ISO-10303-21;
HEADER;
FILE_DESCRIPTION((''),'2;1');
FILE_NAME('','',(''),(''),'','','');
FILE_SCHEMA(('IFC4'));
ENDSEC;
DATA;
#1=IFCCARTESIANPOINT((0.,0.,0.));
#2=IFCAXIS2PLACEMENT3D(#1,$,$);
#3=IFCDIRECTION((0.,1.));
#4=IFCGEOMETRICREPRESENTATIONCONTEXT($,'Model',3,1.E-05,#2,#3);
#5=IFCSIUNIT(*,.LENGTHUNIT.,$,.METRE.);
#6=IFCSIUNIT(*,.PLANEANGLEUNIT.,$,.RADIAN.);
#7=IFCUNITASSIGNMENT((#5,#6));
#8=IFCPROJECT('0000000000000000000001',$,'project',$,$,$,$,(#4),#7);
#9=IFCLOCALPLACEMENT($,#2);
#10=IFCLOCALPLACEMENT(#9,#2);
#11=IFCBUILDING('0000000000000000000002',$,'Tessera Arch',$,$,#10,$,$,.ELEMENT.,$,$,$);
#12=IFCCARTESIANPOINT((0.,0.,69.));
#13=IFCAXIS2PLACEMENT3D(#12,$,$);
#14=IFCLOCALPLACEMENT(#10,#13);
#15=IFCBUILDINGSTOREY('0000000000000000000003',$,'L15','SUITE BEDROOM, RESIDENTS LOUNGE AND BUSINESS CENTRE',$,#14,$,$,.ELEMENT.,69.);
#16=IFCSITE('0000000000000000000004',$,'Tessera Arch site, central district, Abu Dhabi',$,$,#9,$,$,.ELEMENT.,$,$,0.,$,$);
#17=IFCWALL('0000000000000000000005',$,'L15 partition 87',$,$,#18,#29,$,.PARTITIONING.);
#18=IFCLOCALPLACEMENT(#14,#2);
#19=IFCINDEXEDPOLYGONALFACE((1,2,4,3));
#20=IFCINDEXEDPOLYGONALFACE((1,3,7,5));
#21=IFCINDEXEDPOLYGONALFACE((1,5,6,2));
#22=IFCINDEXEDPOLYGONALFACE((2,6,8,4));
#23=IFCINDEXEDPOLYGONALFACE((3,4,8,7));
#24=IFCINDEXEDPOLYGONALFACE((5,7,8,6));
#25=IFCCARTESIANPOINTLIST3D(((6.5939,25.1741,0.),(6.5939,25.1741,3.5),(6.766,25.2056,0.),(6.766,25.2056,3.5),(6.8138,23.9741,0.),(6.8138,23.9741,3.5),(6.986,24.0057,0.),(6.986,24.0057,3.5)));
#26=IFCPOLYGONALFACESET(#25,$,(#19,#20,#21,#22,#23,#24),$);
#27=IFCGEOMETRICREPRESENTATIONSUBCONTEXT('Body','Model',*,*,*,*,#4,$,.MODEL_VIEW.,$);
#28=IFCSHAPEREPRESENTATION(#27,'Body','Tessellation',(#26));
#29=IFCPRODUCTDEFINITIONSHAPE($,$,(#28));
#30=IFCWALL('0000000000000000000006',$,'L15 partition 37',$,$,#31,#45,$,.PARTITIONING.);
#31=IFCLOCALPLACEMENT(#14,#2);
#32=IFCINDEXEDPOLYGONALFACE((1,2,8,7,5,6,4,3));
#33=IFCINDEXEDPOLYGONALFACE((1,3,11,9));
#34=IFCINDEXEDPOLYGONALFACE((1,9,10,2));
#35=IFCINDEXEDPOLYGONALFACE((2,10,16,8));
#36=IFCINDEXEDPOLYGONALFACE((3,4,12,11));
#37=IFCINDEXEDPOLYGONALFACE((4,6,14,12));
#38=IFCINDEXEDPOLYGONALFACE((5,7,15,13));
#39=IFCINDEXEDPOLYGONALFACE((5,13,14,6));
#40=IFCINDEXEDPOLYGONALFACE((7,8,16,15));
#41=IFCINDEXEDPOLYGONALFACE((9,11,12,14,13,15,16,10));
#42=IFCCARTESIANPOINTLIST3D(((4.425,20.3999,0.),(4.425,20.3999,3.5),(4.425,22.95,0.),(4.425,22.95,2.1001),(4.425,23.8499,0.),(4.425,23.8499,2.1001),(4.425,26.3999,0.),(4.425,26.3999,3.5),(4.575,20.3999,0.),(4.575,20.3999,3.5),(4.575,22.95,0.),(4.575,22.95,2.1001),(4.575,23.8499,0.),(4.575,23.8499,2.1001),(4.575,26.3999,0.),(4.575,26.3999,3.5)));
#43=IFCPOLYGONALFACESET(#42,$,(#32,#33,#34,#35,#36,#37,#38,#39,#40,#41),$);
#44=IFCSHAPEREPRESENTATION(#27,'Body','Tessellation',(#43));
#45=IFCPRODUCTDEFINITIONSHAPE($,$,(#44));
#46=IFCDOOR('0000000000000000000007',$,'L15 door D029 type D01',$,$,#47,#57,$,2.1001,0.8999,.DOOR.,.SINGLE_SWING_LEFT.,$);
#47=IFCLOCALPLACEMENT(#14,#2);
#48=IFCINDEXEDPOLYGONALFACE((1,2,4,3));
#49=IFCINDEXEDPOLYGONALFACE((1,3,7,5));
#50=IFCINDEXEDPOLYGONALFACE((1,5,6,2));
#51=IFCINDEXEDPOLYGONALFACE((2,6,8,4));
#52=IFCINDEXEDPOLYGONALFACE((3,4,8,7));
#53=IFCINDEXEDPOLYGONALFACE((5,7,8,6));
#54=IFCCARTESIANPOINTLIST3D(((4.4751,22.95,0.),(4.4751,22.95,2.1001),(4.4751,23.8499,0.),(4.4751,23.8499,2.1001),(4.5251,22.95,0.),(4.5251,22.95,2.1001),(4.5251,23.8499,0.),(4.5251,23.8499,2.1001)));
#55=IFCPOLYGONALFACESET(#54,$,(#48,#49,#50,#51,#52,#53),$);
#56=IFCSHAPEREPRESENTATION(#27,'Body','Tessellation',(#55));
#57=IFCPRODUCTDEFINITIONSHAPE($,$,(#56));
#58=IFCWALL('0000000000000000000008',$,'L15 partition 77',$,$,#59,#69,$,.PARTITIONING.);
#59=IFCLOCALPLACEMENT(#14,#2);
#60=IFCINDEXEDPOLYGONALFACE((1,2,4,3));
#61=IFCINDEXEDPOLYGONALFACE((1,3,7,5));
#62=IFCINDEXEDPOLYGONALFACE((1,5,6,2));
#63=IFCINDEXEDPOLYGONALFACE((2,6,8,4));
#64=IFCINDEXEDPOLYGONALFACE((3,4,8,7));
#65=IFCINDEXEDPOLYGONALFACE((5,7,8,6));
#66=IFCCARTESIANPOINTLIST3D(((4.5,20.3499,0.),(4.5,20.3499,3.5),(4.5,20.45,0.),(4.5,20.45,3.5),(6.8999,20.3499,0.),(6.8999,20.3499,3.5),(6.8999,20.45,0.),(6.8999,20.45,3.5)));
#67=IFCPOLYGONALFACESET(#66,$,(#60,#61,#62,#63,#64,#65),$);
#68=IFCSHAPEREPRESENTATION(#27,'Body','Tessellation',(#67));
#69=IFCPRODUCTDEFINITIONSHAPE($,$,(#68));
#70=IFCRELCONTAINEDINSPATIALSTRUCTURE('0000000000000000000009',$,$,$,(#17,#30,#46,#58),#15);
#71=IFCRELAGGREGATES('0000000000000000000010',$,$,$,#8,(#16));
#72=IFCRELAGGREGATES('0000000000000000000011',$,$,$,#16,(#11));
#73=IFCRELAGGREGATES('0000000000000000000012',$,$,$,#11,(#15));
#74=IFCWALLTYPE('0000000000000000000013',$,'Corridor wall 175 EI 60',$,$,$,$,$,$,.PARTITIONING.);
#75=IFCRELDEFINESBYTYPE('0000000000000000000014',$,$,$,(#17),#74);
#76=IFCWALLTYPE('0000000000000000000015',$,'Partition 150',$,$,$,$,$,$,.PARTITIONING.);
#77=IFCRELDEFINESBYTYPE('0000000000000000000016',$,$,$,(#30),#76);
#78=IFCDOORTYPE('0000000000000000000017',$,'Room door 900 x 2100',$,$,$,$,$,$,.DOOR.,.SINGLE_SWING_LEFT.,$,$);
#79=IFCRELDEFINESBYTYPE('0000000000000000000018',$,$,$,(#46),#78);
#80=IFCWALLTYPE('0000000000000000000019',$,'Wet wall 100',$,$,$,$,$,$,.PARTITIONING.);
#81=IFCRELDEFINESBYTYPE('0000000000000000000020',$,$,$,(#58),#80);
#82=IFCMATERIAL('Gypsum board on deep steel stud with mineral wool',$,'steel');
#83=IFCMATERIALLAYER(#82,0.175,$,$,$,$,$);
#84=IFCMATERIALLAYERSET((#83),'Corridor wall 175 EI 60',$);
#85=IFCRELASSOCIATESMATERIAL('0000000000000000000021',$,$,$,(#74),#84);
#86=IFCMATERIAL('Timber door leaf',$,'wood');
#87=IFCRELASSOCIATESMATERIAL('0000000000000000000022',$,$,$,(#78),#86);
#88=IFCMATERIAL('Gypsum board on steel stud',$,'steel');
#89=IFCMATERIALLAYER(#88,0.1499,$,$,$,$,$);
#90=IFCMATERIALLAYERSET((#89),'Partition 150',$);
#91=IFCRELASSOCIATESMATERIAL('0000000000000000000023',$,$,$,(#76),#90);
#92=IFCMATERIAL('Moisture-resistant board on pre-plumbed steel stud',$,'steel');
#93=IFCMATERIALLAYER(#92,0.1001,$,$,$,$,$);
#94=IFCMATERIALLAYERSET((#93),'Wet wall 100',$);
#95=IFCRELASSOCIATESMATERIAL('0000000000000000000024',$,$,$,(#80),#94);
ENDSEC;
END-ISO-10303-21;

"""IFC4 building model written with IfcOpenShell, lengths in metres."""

from ifc_helpers import new_model, si_unit, direction, frame, frame_2d, origin, place, context, subcontext, project, spatial, rectangle, extrude, material, layer, layer_set, type_object, element, fill, save


model = new_model("IFC4")

# Units and contexts
model_context = context("Model", 3, precision=1e-05, world=origin(), true_north=direction((0.0, 1.0)))
body_context = subcontext(model_context, "Body", "Model", "MODEL_VIEW")
ifc_project = project(units=[si_unit("LENGTHUNIT", "METRE"), si_unit("PLANEANGLEUNIT", "RADIAN")], contexts=[model_context])

# Site, building, storey
site_placement = place(None, origin())
site = spatial("IfcSite", under=ifc_project, at=site_placement, Name="Tessera Arch site, central district, Abu Dhabi", CompositionType="ELEMENT", RefElevation=0.0)
building_placement = place(site_placement, origin())
building = spatial("IfcBuilding", under=site, at=building_placement, Name="Tessera Arch", CompositionType="ELEMENT")
storey_placement = place(building_placement, frame((0.0, 0.0, 69.0)))
storey = spatial("IfcBuildingStorey", under=building, at=storey_placement, Name="L15", Description="SUITE BEDROOM, RESIDENTS LOUNGE AND BUSINESS CENTRE", CompositionType="ELEMENT", Elevation=69.0)

# Shared definitions
ifc_material_1 = material(Name="Gypsum board on deep steel stud with mineral wool", Category="steel")
ifc_layer_1 = layer(ifc_material_1, 0.175)
ifc_layer_set_1 = layer_set([ifc_layer_1], Name="Corridor wall 175 EI 60")
wall_type_1 = type_object("IfcWallType", Name="Corridor wall 175 EI 60", PredefinedType="PARTITIONING", material=ifc_layer_set_1)

# Shared definitions
ifc_material_2 = material(Name="Timber door leaf", Category="wood")
door_type = type_object("IfcDoorType", Name="Room door 900 x 2100", OperationType="SINGLE_SWING_LEFT", PredefinedType="DOOR", material=ifc_material_2)

# Wall
wall_1_placement = place(storey_placement, frame((6.8999, 23.99, 0.0), z_axis=(0.0, 0.0, 1.0), x_axis=(-0.180312, 0.98361, 0.0)))
element("IfcWall", 1, at=wall_1_placement, inside=storey, type_object=wall_type_1, Name="L15 partition 87", PredefinedType="PARTITIONING", context=body_context, shape_type="SweptSolid", body=[
    extrude(rectangle(XDim=1.22, YDim=0.175, at=frame_2d((0.6099, 0.0))), origin(), (0.0, 0.0, 1.0), 3.5),
])

# Wall, opening, door
ifc_material_3 = material(Name="Gypsum board on steel stud", Category="steel")
ifc_layer_2 = layer(ifc_material_3, 0.1499)
ifc_layer_set_2 = layer_set([ifc_layer_2], Name="Partition 150")
wall_type_2 = type_object("IfcWallType", Name="Partition 150", PredefinedType="PARTITIONING", material=ifc_layer_set_2)
wall_2_placement = place(storey_placement, frame((4.5, 20.3999, 0.0), z_axis=(0.0, 0.0, 1.0), x_axis=(0.0, 1.0, 0.0)))
wall_2 = element("IfcWall", 2, at=wall_2_placement, inside=storey, type_object=wall_type_2, Name="L15 partition 37", PredefinedType="PARTITIONING", context=body_context, shape_type="SweptSolid", body=[
    extrude(rectangle(XDim=6.0, YDim=0.1499, at=frame_2d((3.0, 0.0))), origin(), (0.0, 0.0, 1.0), 3.5),
])
opening_1_placement = place(wall_2_placement, frame((2.55, 0.0, 0.0)))
opening_1 = element("IfcOpeningElement", 3, at=opening_1_placement, cuts=wall_2, PredefinedType="OPENING", context=body_context, shape_type="SweptSolid", body=[
    extrude(rectangle(XDim=0.8999, YDim=2.1001, at=frame_2d((0.45, 1.05))), frame((0.0, 0.085, 0.0), z_axis=(0.0, -1.0, 0.0), x_axis=(1.0, 0.0, 0.0)), (0.0, 0.0, 1.0), 0.1699),
])
door_1_placement = place(opening_1_placement, origin())
door_1 = element("IfcDoor", 4, at=door_1_placement, inside=storey, type_object=door_type, Name="L15 door D029 type D01", OperationType="SINGLE_SWING_LEFT", OverallHeight=2.1001, OverallWidth=0.8999, PredefinedType="DOOR", context=body_context, shape_type="SweptSolid", body=[
    extrude(rectangle(XDim=0.8999, YDim=2.1001, at=frame_2d((0.45, 1.05))), frame((0.0, 0.0249, 0.0), z_axis=(0.0, -1.0, 0.0), x_axis=(1.0, 0.0, 0.0)), (0.0, 0.0, 1.0), 0.05),
])
fill(opening_1, door_1)

# Wall
ifc_material_4 = material(Name="Moisture-resistant board on pre-plumbed steel stud", Category="steel")
ifc_layer_3 = layer(ifc_material_4, 0.1001)
ifc_layer_set_3 = layer_set([ifc_layer_3], Name="Wet wall 100")
wall_type_3 = type_object("IfcWallType", Name="Wet wall 100", PredefinedType="PARTITIONING", material=ifc_layer_set_3)
wall_3_placement = place(storey_placement, frame((4.5, 20.3999, 0.0), z_axis=(0.0, 0.0, 1.0), x_axis=(1.0, 0.0, 0.0)))
element("IfcWall", 5, at=wall_3_placement, inside=storey, type_object=wall_type_3, Name="L15 partition 77", PredefinedType="PARTITIONING", context=body_context, shape_type="SweptSolid", body=[
    extrude(rectangle(XDim=2.3999, YDim=0.1001, at=frame_2d((1.2, 0.0))), origin(), (0.0, 0.0, 1.0), 3.5),
])

save(model, "model.ifc")
